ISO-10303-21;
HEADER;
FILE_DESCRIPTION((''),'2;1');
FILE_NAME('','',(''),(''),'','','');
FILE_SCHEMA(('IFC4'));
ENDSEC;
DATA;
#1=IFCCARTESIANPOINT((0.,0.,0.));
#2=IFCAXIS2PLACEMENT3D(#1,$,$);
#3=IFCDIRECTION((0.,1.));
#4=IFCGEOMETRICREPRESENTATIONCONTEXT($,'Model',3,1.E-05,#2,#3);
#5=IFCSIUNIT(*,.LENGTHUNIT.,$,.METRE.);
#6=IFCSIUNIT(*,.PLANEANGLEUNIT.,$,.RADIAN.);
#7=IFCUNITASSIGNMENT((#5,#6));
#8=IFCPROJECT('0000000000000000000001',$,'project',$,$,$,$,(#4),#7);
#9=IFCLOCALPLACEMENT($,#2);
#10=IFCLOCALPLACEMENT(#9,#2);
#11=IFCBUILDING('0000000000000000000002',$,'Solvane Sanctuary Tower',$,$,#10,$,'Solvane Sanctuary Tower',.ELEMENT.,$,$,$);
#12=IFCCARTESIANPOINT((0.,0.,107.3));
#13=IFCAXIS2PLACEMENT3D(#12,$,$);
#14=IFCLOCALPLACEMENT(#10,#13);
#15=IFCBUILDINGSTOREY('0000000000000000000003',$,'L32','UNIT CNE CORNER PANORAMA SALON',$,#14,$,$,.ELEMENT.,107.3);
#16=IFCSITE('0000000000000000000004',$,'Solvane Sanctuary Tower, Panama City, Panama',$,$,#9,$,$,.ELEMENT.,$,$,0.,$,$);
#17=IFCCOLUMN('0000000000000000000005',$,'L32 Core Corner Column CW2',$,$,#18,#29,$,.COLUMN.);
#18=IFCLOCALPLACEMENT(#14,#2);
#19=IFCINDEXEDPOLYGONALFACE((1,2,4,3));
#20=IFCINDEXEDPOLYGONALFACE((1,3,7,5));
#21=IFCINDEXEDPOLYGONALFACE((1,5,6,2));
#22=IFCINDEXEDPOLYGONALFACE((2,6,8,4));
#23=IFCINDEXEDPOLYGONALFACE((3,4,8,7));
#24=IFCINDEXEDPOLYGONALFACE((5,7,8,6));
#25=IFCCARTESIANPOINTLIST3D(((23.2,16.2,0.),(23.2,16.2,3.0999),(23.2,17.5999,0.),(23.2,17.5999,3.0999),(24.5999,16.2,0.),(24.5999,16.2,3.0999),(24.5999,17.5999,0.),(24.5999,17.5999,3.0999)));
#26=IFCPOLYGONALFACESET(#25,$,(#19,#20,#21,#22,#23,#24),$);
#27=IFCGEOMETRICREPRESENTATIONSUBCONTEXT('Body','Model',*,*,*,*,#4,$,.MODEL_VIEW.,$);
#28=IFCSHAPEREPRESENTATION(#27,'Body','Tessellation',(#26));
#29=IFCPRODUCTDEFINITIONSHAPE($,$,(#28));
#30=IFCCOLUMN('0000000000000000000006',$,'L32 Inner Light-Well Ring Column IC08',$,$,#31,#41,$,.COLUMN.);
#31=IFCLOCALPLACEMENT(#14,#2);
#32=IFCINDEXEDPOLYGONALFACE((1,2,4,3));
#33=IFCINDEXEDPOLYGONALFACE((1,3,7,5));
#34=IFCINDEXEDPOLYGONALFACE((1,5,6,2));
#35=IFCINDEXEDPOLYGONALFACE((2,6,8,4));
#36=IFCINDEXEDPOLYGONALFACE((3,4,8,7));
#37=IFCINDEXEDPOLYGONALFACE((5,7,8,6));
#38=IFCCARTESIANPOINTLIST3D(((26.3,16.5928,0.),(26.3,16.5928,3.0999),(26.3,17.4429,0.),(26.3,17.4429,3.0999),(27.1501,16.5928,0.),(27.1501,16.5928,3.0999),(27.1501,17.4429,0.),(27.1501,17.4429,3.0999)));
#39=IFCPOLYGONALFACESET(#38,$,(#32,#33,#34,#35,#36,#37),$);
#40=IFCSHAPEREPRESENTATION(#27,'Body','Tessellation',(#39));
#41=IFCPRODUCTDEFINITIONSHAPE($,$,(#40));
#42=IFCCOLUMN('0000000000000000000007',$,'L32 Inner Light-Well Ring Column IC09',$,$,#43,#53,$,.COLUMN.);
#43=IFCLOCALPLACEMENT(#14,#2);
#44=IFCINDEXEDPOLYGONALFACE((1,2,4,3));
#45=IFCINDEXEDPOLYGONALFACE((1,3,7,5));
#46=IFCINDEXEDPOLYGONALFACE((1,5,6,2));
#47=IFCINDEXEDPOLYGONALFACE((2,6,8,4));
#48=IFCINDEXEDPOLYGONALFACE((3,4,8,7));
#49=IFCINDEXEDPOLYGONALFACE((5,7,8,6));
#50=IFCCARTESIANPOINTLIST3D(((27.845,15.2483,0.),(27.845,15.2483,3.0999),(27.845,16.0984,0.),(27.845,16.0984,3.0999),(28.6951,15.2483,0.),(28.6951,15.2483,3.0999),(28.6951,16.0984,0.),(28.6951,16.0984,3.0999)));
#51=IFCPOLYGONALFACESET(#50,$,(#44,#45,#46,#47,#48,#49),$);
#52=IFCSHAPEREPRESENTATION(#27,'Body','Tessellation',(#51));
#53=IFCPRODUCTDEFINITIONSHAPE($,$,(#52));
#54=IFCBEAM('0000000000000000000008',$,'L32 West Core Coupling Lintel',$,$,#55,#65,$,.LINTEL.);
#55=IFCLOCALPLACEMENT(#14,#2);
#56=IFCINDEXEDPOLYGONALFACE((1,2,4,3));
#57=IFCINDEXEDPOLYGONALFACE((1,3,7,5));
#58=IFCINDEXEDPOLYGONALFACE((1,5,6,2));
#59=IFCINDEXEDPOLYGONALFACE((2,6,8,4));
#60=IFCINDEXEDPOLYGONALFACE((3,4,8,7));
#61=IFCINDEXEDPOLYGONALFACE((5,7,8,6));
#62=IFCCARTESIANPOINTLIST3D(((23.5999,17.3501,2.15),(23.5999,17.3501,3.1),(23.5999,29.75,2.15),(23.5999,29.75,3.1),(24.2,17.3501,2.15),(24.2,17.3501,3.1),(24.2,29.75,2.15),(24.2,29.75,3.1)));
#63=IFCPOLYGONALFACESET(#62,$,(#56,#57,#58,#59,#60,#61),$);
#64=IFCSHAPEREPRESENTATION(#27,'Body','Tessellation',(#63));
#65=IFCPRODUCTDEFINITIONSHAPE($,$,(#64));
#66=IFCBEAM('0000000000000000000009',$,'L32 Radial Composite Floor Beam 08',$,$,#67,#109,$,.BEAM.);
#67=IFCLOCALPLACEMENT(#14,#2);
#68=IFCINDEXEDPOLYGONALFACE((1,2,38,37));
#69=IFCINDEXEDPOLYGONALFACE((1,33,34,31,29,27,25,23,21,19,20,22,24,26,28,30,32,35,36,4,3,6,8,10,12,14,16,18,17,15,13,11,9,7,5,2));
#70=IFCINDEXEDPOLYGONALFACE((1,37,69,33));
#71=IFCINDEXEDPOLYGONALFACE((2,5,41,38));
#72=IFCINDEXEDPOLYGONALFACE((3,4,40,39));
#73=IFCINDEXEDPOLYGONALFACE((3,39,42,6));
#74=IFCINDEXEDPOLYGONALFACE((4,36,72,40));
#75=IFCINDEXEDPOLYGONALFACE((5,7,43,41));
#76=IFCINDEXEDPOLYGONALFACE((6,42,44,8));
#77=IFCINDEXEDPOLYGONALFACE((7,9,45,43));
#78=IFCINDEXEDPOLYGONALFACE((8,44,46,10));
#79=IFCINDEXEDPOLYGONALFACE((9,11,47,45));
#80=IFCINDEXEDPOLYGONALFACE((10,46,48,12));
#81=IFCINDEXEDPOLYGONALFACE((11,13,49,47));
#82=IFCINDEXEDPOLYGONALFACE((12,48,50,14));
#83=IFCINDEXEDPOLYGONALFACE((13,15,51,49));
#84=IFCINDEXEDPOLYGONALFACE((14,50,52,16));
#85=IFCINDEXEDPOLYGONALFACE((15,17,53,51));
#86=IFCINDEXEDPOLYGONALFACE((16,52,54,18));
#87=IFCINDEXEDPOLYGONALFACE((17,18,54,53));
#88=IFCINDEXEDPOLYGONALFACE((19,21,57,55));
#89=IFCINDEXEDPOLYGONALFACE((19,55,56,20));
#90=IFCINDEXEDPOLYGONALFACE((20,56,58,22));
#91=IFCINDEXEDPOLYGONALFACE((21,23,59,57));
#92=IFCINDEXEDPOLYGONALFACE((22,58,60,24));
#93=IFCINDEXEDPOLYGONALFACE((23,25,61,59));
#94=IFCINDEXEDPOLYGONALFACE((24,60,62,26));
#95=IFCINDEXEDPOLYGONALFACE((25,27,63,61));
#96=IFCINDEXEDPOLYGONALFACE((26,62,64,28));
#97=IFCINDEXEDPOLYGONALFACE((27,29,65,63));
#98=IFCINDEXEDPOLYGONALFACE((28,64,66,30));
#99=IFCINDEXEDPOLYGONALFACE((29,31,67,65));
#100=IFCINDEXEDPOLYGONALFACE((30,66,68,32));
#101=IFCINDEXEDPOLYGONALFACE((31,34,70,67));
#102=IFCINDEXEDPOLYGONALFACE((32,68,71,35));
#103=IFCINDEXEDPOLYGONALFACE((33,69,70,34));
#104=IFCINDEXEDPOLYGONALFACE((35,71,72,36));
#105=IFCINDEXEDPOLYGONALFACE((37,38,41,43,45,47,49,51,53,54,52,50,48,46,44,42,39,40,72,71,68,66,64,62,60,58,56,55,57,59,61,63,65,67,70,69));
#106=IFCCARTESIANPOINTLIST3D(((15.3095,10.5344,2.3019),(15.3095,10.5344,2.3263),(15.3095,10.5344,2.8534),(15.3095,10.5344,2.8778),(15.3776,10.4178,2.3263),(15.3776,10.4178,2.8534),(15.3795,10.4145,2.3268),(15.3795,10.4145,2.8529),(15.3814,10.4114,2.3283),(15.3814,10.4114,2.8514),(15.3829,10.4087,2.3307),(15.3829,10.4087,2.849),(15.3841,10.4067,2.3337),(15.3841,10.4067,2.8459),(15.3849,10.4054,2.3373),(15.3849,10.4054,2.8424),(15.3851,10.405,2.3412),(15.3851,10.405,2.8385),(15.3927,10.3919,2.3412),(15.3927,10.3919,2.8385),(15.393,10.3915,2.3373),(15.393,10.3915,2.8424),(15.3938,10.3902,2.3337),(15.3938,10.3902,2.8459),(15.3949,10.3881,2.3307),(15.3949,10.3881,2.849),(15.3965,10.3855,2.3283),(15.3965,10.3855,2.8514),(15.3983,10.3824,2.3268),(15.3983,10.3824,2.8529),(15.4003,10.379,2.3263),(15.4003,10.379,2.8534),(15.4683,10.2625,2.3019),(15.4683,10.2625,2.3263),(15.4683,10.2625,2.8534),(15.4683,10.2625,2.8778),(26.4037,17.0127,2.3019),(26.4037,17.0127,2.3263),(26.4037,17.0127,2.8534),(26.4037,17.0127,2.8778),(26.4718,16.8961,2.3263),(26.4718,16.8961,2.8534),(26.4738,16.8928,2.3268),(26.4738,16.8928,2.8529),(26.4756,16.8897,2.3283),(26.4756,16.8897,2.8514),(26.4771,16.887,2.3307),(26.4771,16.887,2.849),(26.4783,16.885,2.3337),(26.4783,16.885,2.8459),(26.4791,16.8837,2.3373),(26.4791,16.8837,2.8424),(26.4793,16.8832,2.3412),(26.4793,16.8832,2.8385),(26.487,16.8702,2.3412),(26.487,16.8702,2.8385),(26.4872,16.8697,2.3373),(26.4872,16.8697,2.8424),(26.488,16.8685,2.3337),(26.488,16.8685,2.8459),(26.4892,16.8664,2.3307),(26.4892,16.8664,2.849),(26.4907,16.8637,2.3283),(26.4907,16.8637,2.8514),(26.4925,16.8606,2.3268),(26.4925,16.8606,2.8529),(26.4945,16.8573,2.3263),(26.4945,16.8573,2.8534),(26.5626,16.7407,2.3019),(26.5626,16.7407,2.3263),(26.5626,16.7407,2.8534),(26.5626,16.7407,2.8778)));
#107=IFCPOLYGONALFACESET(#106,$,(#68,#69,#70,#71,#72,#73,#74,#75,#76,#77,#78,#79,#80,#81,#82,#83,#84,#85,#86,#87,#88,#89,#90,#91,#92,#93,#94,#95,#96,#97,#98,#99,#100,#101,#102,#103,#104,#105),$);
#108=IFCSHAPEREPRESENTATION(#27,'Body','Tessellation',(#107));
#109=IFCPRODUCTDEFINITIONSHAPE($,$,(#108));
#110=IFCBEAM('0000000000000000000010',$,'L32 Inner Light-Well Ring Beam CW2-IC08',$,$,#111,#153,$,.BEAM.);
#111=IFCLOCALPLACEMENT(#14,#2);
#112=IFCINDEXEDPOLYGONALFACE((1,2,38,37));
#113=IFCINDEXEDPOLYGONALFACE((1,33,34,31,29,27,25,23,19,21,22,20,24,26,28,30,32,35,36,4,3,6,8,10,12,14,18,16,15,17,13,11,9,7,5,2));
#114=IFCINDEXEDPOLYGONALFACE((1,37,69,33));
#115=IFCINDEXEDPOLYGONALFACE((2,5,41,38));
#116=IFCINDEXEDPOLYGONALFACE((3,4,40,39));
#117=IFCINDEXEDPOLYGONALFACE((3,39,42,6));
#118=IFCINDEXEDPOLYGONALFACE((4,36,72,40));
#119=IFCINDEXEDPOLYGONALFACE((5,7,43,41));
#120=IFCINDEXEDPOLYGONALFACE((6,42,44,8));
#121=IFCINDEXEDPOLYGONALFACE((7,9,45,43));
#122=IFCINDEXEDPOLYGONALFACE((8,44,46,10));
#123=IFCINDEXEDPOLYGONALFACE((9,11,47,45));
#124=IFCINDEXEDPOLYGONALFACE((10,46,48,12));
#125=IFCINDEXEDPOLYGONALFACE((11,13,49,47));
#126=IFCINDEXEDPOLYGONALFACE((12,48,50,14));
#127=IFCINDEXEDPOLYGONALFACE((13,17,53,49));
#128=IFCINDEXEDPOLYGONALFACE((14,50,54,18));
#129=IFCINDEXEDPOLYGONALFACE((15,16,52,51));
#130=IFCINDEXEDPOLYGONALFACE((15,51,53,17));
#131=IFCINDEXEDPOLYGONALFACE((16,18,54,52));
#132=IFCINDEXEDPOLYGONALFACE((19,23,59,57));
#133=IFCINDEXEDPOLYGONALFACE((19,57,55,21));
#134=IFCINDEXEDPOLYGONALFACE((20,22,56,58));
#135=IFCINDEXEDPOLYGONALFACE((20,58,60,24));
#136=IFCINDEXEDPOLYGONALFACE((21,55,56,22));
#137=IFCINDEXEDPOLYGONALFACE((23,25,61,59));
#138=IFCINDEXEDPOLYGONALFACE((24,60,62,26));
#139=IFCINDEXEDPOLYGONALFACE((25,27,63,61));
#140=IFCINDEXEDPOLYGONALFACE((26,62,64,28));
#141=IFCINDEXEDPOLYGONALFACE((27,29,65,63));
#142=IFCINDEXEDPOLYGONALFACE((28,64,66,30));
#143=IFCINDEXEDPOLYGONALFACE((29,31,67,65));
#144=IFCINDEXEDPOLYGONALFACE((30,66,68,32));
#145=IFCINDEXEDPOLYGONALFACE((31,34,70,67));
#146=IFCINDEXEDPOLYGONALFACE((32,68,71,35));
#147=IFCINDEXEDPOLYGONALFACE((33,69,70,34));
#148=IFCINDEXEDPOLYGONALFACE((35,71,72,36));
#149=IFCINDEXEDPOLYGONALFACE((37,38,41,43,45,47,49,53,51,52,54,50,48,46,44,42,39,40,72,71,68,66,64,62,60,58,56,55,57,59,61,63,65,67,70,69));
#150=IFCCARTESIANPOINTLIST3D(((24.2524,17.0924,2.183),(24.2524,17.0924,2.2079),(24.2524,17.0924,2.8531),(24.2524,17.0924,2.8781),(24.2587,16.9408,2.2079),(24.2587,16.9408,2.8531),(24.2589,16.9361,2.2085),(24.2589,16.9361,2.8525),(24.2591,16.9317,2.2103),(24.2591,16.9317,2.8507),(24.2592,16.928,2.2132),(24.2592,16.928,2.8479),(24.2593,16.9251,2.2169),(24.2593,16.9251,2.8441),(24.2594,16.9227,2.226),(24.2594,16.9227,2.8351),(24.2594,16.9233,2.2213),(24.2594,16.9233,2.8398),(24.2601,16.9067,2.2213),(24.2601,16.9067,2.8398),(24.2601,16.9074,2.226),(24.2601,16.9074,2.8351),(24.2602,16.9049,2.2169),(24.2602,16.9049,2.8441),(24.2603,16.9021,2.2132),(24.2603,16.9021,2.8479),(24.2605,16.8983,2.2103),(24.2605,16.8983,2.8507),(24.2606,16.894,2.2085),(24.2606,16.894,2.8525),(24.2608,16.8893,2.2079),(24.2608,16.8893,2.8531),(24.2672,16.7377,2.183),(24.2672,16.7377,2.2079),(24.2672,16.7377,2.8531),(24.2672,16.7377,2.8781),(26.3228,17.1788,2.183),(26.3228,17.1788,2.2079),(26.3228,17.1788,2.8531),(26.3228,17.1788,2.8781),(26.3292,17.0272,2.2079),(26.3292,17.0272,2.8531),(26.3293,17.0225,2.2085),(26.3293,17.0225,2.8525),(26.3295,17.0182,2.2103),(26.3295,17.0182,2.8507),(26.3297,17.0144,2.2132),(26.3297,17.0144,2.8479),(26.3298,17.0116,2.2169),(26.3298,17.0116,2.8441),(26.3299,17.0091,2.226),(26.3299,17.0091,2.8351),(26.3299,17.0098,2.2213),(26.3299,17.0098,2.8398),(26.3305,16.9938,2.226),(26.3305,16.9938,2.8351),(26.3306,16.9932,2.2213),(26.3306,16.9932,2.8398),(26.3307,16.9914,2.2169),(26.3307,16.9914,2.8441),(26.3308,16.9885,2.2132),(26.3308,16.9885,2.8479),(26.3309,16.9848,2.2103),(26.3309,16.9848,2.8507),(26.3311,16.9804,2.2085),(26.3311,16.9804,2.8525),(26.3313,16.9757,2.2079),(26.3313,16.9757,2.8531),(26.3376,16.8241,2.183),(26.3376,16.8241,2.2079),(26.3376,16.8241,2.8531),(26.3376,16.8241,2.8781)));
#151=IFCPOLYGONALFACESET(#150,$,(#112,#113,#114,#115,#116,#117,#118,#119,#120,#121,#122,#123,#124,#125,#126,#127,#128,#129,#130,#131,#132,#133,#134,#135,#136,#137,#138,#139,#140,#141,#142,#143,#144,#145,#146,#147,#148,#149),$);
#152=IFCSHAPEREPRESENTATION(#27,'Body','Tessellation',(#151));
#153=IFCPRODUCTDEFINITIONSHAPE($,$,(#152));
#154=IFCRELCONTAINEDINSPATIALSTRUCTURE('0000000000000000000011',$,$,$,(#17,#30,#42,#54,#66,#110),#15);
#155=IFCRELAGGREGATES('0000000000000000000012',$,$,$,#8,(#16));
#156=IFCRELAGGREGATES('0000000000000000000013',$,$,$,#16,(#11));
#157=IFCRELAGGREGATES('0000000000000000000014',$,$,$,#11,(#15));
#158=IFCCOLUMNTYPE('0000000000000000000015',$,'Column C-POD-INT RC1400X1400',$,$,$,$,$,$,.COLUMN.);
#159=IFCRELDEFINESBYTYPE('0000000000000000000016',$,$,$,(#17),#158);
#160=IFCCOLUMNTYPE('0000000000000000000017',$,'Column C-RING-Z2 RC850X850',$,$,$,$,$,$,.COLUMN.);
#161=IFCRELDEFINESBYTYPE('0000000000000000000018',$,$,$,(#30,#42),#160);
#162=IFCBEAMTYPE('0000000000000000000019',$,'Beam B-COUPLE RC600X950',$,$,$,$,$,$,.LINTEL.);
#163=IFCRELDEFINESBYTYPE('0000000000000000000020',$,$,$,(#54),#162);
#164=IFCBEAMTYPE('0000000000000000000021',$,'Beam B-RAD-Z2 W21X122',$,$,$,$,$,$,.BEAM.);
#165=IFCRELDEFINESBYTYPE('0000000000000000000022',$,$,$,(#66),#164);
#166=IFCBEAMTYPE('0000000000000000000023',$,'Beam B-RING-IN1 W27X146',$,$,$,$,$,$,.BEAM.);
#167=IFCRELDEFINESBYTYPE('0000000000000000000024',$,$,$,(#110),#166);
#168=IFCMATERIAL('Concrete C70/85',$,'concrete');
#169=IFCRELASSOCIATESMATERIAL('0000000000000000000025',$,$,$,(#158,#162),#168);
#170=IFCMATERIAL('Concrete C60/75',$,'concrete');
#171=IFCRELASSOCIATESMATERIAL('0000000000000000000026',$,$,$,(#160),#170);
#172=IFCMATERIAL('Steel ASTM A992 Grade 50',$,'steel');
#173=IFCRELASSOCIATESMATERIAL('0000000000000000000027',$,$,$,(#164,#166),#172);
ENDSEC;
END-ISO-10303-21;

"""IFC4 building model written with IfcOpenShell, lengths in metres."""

from ifc_helpers import new_model, si_unit, direction, frame, origin, origin_2d, place, context, subcontext, project, spatial, rectangle, i_section, extrude, material, material_profile, profile_set, type_object, element, save


model = new_model("IFC4")

# Units and contexts
model_context = context("Model", 3, precision=1e-05, world=origin(), true_north=direction((0.0, 1.0)))
body_context = subcontext(model_context, "Body", "Model", "MODEL_VIEW")
ifc_project = project(units=[si_unit("LENGTHUNIT", "METRE"), si_unit("PLANEANGLEUNIT", "RADIAN")], contexts=[model_context])

# Site, building, storey
site_placement = place(None, origin())
site = spatial("IfcSite", under=ifc_project, at=site_placement, Name="Solvane Sanctuary Tower, Panama City, Panama", CompositionType="ELEMENT", RefElevation=0.0)
building_placement = place(site_placement, origin())
building = spatial("IfcBuilding", under=site, at=building_placement, Name="Solvane Sanctuary Tower", LongName="Solvane Sanctuary Tower", CompositionType="ELEMENT")
storey_placement = place(building_placement, frame((0.0, 0.0, 107.3)))
storey = spatial("IfcBuildingStorey", under=building, at=storey_placement, Name="L32", Description="UNIT CNE CORNER PANORAMA SALON", CompositionType="ELEMENT", Elevation=107.3)

# Columns
ifc_material_1 = material(Name="Concrete C70/85", Category="concrete")
ifc_material_profile_1 = material_profile(ifc_material_1, rectangle(XDim=1.3999, YDim=1.3999, at=origin_2d()), Name="RC1400X1400")
ifc_profile_set_1 = profile_set([ifc_material_profile_1], Name="Concrete C70/85")
column_type_1 = type_object("IfcColumnType", Name="Column C-POD-INT RC1400X1400", PredefinedType="COLUMN", material=ifc_profile_set_1)
column_placement = place(storey_placement, frame((23.8999, 16.8999, 0.0), z_axis=(0.0, 0.0, 1.0), x_axis=(1.0, 0.0, 0.0)))
element("IfcColumn", 1, at=column_placement, inside=storey, type_object=column_type_1, Name="L32 Core Corner Column CW2", PredefinedType="COLUMN", context=body_context, shape_type="SweptSolid", body=[
    extrude(rectangle(XDim=1.3999, YDim=1.3999, at=origin_2d()), origin(), (0.0, 0.0, 1.0), 3.0999),
])
ifc_material_2 = material(Name="Concrete C60/75", Category="concrete")
ifc_material_profile_2 = material_profile(ifc_material_2, rectangle(XDim=0.8501, YDim=0.8501, at=origin_2d()), Name="RC850X850")
ifc_profile_set_2 = profile_set([ifc_material_profile_2], Name="Concrete C60/75")
column_type_2 = type_object("IfcColumnType", Name="Column C-RING-Z2 RC850X850", PredefinedType="COLUMN", material=ifc_profile_set_2)
for number, where, z_axis, x_axis, name in (
    (2, (26.7251, 17.0178, 0.0), (0.0, 0.0, 1.0), (1.0, 0.0, 0.0), "L32 Inner Light-Well Ring Column IC08"),
    (3, (28.27, 15.6733, 0.0), (0.0, 0.0, 1.0), (1.0, 0.0, 0.0), "L32 Inner Light-Well Ring Column IC09"),
):
    element("IfcColumn", number, at=place(storey_placement, frame(where, z_axis=z_axis, x_axis=x_axis)), inside=storey, type_object=column_type_2, Name=name, PredefinedType="COLUMN", context=body_context, shape_type="SweptSolid", body=[
        extrude(rectangle(XDim=0.8501, YDim=0.8501, at=origin_2d()), origin(), (0.0, 0.0, 1.0), 3.0999),
    ])

# Beams
ifc_material_profile_3 = material_profile(ifc_material_1, rectangle(XDim=0.6001, YDim=0.95, at=origin_2d()), Name="RC600X950")
ifc_profile_set_3 = profile_set([ifc_material_profile_3], Name="Concrete C70/85")
beam_type_1 = type_object("IfcBeamType", Name="Beam B-COUPLE RC600X950", PredefinedType="LINTEL", material=ifc_profile_set_3)
beam_1_placement = place(storey_placement, frame((23.8999, 17.3501, 2.625), z_axis=(0.0, 1.0, 0.0), x_axis=(-1.0, 0.0, 0.0)))
element("IfcBeam", 4, at=beam_1_placement, inside=storey, type_object=beam_type_1, Name="L32 West Core Coupling Lintel", PredefinedType="LINTEL", context=body_context, shape_type="SweptSolid", body=[
    extrude(rectangle(XDim=0.6001, YDim=0.95, at=origin_2d()), origin(), (0.0, 0.0, 1.0), 12.3999),
])
ifc_material_3 = material(Name="Steel ASTM A992 Grade 50", Category="steel")
ifc_material_profile_4 = material_profile(ifc_material_3, i_section(OverallWidth=0.3149, OverallDepth=0.5759, WebThickness=0.0151, FlangeThickness=0.0244, FilletRadius=0.0149, at=origin_2d()), Name="W21X122")
ifc_profile_set_4 = profile_set([ifc_material_profile_4], Name="Steel ASTM A992 Grade 50")
beam_type_2 = type_object("IfcBeamType", Name="Beam B-RAD-Z2 W21X122", PredefinedType="BEAM", material=ifc_profile_set_4)
beam_2_placement = place(storey_placement, frame((26.4832, 16.8767, 2.5898), z_axis=(-0.863554, -0.504256, 0.0), x_axis=(0.504256, -0.863554, 0.0)))
element("IfcBeam", 5, at=beam_2_placement, inside=storey, type_object=beam_type_2, Name="L32 Radial Composite Floor Beam 08", PredefinedType="BEAM", context=body_context, shape_type="SweptSolid", body=[
    extrude(i_section(OverallWidth=0.3149, OverallDepth=0.5759, WebThickness=0.0151, FlangeThickness=0.0244, FilletRadius=0.0149, at=origin_2d()), origin(), (0.0, 0.0, 1.0), 12.8472),
])
ifc_material_profile_5 = material_profile(ifc_material_3, i_section(OverallWidth=0.355, OverallDepth=0.6951, WebThickness=0.0154, FlangeThickness=0.0249, FilletRadius=0.0181, at=origin_2d()), Name="W27X146")
ifc_profile_set_5 = profile_set([ifc_material_profile_5], Name="Steel ASTM A992 Grade 50")
beam_type_3 = type_object("IfcBeamType", Name="Beam B-RING-IN1 W27X146", PredefinedType="BEAM", material=ifc_profile_set_5)
beam_3_placement = place(storey_placement, frame((24.2598, 16.915, 2.5305), z_axis=(0.99913, 0.041704, 0.0), x_axis=(-0.041704, 0.99913, 0.0)))
element("IfcBeam", 6, at=beam_3_placement, inside=storey, type_object=beam_type_3, Name="L32 Inner Light-Well Ring Beam CW2-IC08", PredefinedType="BEAM", context=body_context, shape_type="SweptSolid", body=[
    extrude(i_section(OverallWidth=0.355, OverallDepth=0.6951, WebThickness=0.0154, FlangeThickness=0.0249, FilletRadius=0.0181, at=origin_2d()), origin(), (0.0, 0.0, 1.0), 2.0723),
])

save(model, "model.ifc")
